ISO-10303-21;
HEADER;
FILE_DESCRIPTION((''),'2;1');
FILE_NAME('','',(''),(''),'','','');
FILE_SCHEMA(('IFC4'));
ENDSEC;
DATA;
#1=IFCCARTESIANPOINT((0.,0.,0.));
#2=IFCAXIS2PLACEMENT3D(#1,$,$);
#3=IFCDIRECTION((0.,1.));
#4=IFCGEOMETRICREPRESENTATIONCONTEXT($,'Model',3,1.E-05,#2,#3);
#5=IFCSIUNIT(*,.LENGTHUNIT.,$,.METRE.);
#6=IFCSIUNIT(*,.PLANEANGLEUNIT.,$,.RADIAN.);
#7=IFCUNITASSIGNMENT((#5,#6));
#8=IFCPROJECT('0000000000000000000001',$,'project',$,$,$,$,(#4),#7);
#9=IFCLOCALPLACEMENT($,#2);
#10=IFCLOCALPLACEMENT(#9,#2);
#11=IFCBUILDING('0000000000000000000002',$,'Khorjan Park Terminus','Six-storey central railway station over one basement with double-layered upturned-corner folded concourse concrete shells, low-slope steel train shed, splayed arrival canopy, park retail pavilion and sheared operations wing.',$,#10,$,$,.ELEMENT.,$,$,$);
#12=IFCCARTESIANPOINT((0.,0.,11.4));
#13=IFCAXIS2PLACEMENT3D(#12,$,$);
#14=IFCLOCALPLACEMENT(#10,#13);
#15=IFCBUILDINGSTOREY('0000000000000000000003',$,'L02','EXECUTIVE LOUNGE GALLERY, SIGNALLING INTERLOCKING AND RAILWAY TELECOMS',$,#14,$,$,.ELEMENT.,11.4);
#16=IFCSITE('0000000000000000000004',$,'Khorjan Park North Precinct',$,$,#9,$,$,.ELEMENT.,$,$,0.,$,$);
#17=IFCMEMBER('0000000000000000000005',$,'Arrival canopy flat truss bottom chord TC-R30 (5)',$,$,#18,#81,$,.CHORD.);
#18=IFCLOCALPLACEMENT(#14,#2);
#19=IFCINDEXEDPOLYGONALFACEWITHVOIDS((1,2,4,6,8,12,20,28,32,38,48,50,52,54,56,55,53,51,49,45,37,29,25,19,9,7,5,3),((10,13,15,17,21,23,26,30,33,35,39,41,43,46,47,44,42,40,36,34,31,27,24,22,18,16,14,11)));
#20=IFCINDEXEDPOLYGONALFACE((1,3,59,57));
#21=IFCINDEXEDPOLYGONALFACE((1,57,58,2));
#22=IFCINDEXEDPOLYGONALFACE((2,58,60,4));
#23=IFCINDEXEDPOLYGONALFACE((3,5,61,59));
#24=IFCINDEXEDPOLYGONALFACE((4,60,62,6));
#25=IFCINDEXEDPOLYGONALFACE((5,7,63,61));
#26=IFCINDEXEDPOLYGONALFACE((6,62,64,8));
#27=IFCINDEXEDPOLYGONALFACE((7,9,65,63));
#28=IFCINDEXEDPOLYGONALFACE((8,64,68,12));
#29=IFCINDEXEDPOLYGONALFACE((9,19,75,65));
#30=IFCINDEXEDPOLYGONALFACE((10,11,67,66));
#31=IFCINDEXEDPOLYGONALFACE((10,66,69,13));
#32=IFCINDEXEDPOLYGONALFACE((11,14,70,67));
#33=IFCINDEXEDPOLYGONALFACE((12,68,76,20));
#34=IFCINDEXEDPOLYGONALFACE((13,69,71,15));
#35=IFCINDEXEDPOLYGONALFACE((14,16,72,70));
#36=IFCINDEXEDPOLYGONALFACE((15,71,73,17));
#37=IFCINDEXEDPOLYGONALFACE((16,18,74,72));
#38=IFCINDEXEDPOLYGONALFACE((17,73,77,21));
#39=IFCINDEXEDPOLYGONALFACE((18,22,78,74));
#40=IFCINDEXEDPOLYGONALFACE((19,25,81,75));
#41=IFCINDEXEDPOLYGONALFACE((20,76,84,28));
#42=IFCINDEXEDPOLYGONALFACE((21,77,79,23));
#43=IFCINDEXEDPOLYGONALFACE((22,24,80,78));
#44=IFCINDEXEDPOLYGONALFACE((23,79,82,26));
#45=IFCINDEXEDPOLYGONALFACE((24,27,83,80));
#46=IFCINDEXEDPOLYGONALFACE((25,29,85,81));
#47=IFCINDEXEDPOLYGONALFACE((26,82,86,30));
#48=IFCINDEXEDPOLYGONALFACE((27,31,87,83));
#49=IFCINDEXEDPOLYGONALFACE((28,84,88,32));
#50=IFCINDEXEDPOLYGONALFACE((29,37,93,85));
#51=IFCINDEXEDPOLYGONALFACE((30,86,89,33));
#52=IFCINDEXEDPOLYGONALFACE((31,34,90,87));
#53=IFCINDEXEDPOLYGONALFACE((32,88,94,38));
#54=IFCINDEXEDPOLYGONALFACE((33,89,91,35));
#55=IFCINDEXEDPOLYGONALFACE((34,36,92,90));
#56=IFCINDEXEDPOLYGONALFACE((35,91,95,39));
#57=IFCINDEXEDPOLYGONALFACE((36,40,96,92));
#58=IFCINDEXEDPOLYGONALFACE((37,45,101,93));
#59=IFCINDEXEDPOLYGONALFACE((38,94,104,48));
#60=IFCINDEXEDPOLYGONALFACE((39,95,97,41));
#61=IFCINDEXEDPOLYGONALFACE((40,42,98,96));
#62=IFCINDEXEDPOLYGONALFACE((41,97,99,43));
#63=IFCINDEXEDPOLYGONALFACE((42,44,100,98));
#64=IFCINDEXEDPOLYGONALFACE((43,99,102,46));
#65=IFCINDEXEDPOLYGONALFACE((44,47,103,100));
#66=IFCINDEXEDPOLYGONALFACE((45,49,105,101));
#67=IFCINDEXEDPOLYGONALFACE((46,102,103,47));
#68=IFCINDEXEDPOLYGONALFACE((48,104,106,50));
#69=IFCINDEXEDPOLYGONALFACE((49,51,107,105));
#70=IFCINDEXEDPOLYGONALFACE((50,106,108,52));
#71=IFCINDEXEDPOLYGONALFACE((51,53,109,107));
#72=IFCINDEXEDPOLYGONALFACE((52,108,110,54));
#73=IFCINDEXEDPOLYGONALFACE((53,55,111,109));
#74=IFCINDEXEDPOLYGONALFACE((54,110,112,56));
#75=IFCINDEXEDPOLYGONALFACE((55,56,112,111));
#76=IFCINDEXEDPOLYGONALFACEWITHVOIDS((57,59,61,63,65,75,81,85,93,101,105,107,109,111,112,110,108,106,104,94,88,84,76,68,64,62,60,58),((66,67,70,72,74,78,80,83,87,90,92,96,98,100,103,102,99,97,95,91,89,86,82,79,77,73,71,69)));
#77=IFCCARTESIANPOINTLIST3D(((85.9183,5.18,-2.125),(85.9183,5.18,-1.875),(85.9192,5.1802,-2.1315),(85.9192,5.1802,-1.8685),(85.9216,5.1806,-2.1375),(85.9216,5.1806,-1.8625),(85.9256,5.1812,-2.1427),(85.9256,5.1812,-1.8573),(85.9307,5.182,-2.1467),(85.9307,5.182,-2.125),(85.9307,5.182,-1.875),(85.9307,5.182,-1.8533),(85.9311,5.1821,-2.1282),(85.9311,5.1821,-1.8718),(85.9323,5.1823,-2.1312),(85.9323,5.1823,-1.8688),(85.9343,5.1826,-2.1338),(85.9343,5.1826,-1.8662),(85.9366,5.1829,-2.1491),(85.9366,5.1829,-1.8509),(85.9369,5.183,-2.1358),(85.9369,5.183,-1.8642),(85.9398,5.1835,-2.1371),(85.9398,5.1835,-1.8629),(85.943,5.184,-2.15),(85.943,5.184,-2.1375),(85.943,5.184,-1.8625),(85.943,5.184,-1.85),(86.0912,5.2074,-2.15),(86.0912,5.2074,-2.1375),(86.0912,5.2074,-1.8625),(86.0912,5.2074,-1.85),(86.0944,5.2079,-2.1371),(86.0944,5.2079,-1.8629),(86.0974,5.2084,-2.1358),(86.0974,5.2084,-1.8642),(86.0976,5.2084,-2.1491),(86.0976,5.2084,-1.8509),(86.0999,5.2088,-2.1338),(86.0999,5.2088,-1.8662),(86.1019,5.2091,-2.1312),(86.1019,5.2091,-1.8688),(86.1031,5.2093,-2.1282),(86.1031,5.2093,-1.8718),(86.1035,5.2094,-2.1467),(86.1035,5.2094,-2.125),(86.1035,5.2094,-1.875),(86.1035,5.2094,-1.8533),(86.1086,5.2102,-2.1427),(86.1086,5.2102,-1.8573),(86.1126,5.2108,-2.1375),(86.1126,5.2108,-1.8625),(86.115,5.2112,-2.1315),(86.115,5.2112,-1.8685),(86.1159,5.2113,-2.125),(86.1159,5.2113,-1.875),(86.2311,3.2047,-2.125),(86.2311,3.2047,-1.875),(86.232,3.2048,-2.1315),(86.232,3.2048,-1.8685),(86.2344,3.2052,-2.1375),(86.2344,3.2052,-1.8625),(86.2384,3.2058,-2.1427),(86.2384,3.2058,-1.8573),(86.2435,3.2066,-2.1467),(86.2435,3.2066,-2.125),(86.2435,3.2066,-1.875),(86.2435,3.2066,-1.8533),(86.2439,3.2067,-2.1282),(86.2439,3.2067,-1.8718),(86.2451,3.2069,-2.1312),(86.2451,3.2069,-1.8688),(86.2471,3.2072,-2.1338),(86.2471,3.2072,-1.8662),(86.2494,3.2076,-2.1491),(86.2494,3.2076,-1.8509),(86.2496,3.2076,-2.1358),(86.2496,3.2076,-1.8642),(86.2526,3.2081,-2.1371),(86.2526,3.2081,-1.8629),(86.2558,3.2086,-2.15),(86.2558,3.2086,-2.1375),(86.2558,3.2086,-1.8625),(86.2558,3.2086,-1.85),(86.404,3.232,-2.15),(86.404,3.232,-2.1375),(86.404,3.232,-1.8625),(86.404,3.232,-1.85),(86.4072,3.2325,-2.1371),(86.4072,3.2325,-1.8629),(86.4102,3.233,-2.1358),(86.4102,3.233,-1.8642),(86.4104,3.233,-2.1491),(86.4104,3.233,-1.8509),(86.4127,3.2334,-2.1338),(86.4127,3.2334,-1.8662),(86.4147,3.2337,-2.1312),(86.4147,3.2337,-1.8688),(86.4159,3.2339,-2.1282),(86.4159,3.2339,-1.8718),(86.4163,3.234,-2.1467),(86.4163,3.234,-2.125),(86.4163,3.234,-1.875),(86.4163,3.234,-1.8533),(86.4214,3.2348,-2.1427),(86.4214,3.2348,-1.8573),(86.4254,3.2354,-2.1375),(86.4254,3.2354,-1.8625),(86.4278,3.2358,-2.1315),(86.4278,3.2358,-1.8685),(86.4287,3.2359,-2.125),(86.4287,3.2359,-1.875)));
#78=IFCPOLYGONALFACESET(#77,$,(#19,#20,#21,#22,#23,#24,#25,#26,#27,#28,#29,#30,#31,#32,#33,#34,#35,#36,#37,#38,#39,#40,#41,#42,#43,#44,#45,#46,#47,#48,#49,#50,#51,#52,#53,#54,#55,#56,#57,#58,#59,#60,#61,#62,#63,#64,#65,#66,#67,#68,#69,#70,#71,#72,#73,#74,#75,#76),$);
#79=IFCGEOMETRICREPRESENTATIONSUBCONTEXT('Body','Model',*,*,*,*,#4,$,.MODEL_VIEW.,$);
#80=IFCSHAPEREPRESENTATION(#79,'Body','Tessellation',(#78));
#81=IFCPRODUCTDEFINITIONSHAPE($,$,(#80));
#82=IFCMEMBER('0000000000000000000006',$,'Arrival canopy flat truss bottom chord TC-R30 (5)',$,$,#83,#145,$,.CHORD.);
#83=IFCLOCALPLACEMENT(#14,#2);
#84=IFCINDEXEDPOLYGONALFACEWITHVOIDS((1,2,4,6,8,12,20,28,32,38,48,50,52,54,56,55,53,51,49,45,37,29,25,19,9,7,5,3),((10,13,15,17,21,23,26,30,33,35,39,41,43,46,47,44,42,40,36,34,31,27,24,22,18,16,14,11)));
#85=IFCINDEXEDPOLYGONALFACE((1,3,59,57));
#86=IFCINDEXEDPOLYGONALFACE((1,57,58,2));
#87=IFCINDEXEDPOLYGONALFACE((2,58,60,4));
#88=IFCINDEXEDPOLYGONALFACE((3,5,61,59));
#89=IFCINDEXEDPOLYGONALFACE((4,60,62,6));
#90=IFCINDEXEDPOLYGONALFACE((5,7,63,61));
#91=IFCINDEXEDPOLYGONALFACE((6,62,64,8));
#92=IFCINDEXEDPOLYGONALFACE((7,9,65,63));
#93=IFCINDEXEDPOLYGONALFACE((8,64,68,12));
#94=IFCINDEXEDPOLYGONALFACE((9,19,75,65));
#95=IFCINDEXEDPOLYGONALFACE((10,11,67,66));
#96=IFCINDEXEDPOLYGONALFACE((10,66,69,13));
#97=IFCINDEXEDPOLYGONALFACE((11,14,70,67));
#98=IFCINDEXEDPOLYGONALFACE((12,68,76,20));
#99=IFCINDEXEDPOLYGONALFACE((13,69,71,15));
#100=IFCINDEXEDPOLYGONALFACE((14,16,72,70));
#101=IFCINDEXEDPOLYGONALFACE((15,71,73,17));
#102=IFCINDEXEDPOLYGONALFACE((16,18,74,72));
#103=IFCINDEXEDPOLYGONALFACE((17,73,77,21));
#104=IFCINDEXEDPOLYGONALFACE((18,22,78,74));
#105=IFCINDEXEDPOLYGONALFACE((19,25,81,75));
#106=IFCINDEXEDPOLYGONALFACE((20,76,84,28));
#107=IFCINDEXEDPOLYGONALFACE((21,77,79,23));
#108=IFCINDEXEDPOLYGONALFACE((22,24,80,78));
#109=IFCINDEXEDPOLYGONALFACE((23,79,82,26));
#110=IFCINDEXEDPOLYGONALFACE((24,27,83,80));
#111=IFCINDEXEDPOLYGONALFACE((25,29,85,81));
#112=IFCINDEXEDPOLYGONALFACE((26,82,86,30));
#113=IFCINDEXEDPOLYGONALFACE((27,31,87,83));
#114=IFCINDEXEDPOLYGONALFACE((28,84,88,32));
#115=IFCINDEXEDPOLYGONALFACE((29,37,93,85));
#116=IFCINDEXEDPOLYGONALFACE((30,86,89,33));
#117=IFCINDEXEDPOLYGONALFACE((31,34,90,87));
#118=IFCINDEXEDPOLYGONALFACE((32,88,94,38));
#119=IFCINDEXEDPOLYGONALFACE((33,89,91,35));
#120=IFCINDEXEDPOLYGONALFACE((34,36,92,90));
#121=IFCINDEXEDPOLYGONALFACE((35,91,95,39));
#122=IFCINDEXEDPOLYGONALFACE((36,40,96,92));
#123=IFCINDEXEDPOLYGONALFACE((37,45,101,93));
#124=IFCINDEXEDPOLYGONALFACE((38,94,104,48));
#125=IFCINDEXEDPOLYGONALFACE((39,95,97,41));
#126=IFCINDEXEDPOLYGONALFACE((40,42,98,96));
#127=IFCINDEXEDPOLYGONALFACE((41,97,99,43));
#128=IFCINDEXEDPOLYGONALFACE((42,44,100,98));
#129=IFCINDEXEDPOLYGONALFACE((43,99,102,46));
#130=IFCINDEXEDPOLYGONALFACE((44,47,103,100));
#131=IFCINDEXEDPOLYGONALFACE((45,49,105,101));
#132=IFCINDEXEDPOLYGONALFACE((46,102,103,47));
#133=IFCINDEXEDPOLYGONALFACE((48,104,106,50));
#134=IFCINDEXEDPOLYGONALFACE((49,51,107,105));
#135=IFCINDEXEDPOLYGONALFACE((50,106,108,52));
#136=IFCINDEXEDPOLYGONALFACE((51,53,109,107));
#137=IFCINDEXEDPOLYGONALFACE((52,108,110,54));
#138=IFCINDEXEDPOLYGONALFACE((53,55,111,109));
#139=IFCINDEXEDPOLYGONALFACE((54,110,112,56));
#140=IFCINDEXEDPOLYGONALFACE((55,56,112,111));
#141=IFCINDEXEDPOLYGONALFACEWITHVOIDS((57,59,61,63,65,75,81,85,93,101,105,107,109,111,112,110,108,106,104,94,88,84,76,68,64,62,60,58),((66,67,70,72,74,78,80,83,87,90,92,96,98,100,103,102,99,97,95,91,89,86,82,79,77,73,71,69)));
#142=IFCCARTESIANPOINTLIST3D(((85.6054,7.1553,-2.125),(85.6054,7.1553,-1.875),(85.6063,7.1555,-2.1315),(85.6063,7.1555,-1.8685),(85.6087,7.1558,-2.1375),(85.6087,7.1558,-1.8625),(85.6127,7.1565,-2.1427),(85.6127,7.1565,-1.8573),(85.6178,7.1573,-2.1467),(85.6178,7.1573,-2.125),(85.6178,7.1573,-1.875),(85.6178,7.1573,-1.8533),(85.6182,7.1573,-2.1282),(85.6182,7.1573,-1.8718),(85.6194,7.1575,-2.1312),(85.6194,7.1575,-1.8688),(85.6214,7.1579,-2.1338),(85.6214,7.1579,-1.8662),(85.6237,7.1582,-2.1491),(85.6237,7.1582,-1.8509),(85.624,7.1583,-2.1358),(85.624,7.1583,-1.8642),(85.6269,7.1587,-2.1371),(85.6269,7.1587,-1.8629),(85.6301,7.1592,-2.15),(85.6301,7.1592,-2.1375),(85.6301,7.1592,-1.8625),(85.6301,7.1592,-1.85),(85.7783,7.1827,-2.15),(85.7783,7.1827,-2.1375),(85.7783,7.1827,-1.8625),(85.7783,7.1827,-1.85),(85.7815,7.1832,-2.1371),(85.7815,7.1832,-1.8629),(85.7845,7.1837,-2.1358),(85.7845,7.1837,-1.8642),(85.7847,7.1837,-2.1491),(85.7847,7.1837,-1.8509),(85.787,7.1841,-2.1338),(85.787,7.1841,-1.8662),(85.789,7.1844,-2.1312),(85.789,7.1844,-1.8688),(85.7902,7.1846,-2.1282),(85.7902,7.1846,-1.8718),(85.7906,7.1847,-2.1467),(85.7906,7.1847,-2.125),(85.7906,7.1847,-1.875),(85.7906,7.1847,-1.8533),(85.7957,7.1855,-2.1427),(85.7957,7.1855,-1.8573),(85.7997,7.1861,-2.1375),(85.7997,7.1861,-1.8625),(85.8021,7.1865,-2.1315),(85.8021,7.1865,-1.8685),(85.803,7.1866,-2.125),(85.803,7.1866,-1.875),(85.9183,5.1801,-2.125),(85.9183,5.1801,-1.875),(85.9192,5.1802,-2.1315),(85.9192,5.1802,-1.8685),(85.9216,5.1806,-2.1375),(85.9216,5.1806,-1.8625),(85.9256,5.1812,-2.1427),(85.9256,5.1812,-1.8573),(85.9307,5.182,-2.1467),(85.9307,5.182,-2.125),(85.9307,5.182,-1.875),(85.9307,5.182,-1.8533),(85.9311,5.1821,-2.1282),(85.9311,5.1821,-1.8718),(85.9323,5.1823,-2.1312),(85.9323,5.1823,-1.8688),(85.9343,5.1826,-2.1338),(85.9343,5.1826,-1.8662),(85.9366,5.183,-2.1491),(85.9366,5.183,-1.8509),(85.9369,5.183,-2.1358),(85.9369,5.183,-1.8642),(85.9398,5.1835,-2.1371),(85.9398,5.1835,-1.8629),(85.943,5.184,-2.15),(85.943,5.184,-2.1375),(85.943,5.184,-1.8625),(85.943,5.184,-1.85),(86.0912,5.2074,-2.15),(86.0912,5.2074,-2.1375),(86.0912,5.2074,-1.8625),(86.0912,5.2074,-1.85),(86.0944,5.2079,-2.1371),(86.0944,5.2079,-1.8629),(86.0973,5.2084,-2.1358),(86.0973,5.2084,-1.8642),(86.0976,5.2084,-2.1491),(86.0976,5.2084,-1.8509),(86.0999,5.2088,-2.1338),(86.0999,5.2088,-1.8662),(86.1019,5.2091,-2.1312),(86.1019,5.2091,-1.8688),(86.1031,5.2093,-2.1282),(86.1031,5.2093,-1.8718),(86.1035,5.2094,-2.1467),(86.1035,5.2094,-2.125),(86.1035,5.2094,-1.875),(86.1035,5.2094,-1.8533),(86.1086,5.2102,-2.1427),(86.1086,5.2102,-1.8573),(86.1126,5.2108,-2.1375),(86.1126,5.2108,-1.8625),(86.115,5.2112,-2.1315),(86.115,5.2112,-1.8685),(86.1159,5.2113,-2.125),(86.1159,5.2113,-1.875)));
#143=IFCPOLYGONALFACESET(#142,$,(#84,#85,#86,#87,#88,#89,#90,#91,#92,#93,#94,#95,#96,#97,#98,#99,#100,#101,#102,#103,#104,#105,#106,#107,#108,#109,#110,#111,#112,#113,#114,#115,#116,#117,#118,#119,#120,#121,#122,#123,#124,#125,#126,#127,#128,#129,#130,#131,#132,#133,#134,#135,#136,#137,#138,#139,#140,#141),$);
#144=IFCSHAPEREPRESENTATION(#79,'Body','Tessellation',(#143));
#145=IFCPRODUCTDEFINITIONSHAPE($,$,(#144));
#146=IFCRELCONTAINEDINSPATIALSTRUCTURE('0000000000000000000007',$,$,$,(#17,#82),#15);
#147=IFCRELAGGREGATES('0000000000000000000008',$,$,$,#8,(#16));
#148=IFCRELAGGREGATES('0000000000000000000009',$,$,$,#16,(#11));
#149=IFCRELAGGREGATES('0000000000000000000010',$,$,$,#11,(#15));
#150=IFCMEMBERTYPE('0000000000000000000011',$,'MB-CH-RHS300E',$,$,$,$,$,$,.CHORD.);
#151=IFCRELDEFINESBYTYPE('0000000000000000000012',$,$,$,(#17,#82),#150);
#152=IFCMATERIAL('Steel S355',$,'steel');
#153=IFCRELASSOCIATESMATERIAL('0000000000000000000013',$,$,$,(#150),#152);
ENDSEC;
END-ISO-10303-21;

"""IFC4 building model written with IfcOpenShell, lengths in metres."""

from ifc_helpers import new_model, si_unit, direction, frame, origin, origin_2d, place, context, subcontext, project, spatial, hollow_rectangle, extrude, material, material_profile, profile_set, type_object, element, save


model = new_model("IFC4")

# Units and contexts
model_context = context("Model", 3, precision=1e-05, world=origin(), true_north=direction((0.0, 1.0)))
body_context = subcontext(model_context, "Body", "Model", "MODEL_VIEW")
ifc_project = project(units=[si_unit("LENGTHUNIT", "METRE"), si_unit("PLANEANGLEUNIT", "RADIAN")], contexts=[model_context])

# Site, building, storey
site_placement = place(None, origin())
site = spatial("IfcSite", under=ifc_project, at=site_placement, Name="Khorjan Park North Precinct", CompositionType="ELEMENT", RefElevation=0.0)
building_placement = place(site_placement, origin())
building = spatial("IfcBuilding", under=site, at=building_placement, Name="Khorjan Park Terminus", Description="Six-storey central railway station over one basement with double-layered upturned-corner folded concourse concrete shells, low-slope steel train shed, splayed arrival canopy, park retail pavilion and sheared operations wing.", CompositionType="ELEMENT")
storey_placement = place(building_placement, frame((0.0, 0.0, 11.4)))
storey = spatial("IfcBuildingStorey", under=building, at=storey_placement, Name="L02", Description="EXECUTIVE LOUNGE GALLERY, SIGNALLING INTERLOCKING AND RAILWAY TELECOMS", CompositionType="ELEMENT", Elevation=11.4)

# Members
ifc_material = material(Name="Steel S355", Category="steel")
ifc_material_profile_1 = material_profile(ifc_material, hollow_rectangle(XDim=0.2, YDim=0.3, WallThickness=0.0125, InnerFilletRadius=0.0125, OuterFilletRadius=0.025, at=origin_2d()), Name="RHS 300x200x12.5")
ifc_profile_set_1 = profile_set([ifc_material_profile_1], Name="Steel S355")
member_type_1 = type_object("IfcMemberType", Name="MB-CH-RHS300E", PredefinedType="CHORD", material=ifc_profile_set_1)
for number, where, z_axis, x_axis, name in (
    (1, (86.3299, 3.2203, -2.0), (-0.156399, 0.987694, 0.0), (-0.987694, -0.156399, 0.0), "Arrival canopy flat truss bottom chord TC-R30 (5)"),
):
    element("IfcMember", number, at=place(storey_placement, frame(where, z_axis=z_axis, x_axis=x_axis)), inside=storey, type_object=member_type_1, Name=name, PredefinedType="CHORD", context=body_context, shape_type="SweptSolid", body=[
        extrude(hollow_rectangle(XDim=0.2, YDim=0.3, WallThickness=0.0125, InnerFilletRadius=0.0125, OuterFilletRadius=0.025, at=origin_2d()), origin(), (0.0, 0.0, 1.0), 2.0),
    ])
member_1_placement = place(storey_placement, frame((86.0171, 5.1957, -2.0), z_axis=(-0.156456, 0.987685, 0.0), x_axis=(-0.987685, -0.156456, 0.0)))
element("IfcMember", 2, at=member_1_placement, inside=storey, type_object=member_type_1, Name="Arrival canopy flat truss bottom chord TC-R30 (5)", PredefinedType="CHORD", context=body_context, shape_type="SweptSolid", body=[
    extrude(hollow_rectangle(XDim=0.2, YDim=0.3, WallThickness=0.0125, InnerFilletRadius=0.0125, OuterFilletRadius=0.025, at=origin_2d()), origin(), (0.0, 0.0, 1.0), 1.9999),
])

save(model, "model.ifc")
